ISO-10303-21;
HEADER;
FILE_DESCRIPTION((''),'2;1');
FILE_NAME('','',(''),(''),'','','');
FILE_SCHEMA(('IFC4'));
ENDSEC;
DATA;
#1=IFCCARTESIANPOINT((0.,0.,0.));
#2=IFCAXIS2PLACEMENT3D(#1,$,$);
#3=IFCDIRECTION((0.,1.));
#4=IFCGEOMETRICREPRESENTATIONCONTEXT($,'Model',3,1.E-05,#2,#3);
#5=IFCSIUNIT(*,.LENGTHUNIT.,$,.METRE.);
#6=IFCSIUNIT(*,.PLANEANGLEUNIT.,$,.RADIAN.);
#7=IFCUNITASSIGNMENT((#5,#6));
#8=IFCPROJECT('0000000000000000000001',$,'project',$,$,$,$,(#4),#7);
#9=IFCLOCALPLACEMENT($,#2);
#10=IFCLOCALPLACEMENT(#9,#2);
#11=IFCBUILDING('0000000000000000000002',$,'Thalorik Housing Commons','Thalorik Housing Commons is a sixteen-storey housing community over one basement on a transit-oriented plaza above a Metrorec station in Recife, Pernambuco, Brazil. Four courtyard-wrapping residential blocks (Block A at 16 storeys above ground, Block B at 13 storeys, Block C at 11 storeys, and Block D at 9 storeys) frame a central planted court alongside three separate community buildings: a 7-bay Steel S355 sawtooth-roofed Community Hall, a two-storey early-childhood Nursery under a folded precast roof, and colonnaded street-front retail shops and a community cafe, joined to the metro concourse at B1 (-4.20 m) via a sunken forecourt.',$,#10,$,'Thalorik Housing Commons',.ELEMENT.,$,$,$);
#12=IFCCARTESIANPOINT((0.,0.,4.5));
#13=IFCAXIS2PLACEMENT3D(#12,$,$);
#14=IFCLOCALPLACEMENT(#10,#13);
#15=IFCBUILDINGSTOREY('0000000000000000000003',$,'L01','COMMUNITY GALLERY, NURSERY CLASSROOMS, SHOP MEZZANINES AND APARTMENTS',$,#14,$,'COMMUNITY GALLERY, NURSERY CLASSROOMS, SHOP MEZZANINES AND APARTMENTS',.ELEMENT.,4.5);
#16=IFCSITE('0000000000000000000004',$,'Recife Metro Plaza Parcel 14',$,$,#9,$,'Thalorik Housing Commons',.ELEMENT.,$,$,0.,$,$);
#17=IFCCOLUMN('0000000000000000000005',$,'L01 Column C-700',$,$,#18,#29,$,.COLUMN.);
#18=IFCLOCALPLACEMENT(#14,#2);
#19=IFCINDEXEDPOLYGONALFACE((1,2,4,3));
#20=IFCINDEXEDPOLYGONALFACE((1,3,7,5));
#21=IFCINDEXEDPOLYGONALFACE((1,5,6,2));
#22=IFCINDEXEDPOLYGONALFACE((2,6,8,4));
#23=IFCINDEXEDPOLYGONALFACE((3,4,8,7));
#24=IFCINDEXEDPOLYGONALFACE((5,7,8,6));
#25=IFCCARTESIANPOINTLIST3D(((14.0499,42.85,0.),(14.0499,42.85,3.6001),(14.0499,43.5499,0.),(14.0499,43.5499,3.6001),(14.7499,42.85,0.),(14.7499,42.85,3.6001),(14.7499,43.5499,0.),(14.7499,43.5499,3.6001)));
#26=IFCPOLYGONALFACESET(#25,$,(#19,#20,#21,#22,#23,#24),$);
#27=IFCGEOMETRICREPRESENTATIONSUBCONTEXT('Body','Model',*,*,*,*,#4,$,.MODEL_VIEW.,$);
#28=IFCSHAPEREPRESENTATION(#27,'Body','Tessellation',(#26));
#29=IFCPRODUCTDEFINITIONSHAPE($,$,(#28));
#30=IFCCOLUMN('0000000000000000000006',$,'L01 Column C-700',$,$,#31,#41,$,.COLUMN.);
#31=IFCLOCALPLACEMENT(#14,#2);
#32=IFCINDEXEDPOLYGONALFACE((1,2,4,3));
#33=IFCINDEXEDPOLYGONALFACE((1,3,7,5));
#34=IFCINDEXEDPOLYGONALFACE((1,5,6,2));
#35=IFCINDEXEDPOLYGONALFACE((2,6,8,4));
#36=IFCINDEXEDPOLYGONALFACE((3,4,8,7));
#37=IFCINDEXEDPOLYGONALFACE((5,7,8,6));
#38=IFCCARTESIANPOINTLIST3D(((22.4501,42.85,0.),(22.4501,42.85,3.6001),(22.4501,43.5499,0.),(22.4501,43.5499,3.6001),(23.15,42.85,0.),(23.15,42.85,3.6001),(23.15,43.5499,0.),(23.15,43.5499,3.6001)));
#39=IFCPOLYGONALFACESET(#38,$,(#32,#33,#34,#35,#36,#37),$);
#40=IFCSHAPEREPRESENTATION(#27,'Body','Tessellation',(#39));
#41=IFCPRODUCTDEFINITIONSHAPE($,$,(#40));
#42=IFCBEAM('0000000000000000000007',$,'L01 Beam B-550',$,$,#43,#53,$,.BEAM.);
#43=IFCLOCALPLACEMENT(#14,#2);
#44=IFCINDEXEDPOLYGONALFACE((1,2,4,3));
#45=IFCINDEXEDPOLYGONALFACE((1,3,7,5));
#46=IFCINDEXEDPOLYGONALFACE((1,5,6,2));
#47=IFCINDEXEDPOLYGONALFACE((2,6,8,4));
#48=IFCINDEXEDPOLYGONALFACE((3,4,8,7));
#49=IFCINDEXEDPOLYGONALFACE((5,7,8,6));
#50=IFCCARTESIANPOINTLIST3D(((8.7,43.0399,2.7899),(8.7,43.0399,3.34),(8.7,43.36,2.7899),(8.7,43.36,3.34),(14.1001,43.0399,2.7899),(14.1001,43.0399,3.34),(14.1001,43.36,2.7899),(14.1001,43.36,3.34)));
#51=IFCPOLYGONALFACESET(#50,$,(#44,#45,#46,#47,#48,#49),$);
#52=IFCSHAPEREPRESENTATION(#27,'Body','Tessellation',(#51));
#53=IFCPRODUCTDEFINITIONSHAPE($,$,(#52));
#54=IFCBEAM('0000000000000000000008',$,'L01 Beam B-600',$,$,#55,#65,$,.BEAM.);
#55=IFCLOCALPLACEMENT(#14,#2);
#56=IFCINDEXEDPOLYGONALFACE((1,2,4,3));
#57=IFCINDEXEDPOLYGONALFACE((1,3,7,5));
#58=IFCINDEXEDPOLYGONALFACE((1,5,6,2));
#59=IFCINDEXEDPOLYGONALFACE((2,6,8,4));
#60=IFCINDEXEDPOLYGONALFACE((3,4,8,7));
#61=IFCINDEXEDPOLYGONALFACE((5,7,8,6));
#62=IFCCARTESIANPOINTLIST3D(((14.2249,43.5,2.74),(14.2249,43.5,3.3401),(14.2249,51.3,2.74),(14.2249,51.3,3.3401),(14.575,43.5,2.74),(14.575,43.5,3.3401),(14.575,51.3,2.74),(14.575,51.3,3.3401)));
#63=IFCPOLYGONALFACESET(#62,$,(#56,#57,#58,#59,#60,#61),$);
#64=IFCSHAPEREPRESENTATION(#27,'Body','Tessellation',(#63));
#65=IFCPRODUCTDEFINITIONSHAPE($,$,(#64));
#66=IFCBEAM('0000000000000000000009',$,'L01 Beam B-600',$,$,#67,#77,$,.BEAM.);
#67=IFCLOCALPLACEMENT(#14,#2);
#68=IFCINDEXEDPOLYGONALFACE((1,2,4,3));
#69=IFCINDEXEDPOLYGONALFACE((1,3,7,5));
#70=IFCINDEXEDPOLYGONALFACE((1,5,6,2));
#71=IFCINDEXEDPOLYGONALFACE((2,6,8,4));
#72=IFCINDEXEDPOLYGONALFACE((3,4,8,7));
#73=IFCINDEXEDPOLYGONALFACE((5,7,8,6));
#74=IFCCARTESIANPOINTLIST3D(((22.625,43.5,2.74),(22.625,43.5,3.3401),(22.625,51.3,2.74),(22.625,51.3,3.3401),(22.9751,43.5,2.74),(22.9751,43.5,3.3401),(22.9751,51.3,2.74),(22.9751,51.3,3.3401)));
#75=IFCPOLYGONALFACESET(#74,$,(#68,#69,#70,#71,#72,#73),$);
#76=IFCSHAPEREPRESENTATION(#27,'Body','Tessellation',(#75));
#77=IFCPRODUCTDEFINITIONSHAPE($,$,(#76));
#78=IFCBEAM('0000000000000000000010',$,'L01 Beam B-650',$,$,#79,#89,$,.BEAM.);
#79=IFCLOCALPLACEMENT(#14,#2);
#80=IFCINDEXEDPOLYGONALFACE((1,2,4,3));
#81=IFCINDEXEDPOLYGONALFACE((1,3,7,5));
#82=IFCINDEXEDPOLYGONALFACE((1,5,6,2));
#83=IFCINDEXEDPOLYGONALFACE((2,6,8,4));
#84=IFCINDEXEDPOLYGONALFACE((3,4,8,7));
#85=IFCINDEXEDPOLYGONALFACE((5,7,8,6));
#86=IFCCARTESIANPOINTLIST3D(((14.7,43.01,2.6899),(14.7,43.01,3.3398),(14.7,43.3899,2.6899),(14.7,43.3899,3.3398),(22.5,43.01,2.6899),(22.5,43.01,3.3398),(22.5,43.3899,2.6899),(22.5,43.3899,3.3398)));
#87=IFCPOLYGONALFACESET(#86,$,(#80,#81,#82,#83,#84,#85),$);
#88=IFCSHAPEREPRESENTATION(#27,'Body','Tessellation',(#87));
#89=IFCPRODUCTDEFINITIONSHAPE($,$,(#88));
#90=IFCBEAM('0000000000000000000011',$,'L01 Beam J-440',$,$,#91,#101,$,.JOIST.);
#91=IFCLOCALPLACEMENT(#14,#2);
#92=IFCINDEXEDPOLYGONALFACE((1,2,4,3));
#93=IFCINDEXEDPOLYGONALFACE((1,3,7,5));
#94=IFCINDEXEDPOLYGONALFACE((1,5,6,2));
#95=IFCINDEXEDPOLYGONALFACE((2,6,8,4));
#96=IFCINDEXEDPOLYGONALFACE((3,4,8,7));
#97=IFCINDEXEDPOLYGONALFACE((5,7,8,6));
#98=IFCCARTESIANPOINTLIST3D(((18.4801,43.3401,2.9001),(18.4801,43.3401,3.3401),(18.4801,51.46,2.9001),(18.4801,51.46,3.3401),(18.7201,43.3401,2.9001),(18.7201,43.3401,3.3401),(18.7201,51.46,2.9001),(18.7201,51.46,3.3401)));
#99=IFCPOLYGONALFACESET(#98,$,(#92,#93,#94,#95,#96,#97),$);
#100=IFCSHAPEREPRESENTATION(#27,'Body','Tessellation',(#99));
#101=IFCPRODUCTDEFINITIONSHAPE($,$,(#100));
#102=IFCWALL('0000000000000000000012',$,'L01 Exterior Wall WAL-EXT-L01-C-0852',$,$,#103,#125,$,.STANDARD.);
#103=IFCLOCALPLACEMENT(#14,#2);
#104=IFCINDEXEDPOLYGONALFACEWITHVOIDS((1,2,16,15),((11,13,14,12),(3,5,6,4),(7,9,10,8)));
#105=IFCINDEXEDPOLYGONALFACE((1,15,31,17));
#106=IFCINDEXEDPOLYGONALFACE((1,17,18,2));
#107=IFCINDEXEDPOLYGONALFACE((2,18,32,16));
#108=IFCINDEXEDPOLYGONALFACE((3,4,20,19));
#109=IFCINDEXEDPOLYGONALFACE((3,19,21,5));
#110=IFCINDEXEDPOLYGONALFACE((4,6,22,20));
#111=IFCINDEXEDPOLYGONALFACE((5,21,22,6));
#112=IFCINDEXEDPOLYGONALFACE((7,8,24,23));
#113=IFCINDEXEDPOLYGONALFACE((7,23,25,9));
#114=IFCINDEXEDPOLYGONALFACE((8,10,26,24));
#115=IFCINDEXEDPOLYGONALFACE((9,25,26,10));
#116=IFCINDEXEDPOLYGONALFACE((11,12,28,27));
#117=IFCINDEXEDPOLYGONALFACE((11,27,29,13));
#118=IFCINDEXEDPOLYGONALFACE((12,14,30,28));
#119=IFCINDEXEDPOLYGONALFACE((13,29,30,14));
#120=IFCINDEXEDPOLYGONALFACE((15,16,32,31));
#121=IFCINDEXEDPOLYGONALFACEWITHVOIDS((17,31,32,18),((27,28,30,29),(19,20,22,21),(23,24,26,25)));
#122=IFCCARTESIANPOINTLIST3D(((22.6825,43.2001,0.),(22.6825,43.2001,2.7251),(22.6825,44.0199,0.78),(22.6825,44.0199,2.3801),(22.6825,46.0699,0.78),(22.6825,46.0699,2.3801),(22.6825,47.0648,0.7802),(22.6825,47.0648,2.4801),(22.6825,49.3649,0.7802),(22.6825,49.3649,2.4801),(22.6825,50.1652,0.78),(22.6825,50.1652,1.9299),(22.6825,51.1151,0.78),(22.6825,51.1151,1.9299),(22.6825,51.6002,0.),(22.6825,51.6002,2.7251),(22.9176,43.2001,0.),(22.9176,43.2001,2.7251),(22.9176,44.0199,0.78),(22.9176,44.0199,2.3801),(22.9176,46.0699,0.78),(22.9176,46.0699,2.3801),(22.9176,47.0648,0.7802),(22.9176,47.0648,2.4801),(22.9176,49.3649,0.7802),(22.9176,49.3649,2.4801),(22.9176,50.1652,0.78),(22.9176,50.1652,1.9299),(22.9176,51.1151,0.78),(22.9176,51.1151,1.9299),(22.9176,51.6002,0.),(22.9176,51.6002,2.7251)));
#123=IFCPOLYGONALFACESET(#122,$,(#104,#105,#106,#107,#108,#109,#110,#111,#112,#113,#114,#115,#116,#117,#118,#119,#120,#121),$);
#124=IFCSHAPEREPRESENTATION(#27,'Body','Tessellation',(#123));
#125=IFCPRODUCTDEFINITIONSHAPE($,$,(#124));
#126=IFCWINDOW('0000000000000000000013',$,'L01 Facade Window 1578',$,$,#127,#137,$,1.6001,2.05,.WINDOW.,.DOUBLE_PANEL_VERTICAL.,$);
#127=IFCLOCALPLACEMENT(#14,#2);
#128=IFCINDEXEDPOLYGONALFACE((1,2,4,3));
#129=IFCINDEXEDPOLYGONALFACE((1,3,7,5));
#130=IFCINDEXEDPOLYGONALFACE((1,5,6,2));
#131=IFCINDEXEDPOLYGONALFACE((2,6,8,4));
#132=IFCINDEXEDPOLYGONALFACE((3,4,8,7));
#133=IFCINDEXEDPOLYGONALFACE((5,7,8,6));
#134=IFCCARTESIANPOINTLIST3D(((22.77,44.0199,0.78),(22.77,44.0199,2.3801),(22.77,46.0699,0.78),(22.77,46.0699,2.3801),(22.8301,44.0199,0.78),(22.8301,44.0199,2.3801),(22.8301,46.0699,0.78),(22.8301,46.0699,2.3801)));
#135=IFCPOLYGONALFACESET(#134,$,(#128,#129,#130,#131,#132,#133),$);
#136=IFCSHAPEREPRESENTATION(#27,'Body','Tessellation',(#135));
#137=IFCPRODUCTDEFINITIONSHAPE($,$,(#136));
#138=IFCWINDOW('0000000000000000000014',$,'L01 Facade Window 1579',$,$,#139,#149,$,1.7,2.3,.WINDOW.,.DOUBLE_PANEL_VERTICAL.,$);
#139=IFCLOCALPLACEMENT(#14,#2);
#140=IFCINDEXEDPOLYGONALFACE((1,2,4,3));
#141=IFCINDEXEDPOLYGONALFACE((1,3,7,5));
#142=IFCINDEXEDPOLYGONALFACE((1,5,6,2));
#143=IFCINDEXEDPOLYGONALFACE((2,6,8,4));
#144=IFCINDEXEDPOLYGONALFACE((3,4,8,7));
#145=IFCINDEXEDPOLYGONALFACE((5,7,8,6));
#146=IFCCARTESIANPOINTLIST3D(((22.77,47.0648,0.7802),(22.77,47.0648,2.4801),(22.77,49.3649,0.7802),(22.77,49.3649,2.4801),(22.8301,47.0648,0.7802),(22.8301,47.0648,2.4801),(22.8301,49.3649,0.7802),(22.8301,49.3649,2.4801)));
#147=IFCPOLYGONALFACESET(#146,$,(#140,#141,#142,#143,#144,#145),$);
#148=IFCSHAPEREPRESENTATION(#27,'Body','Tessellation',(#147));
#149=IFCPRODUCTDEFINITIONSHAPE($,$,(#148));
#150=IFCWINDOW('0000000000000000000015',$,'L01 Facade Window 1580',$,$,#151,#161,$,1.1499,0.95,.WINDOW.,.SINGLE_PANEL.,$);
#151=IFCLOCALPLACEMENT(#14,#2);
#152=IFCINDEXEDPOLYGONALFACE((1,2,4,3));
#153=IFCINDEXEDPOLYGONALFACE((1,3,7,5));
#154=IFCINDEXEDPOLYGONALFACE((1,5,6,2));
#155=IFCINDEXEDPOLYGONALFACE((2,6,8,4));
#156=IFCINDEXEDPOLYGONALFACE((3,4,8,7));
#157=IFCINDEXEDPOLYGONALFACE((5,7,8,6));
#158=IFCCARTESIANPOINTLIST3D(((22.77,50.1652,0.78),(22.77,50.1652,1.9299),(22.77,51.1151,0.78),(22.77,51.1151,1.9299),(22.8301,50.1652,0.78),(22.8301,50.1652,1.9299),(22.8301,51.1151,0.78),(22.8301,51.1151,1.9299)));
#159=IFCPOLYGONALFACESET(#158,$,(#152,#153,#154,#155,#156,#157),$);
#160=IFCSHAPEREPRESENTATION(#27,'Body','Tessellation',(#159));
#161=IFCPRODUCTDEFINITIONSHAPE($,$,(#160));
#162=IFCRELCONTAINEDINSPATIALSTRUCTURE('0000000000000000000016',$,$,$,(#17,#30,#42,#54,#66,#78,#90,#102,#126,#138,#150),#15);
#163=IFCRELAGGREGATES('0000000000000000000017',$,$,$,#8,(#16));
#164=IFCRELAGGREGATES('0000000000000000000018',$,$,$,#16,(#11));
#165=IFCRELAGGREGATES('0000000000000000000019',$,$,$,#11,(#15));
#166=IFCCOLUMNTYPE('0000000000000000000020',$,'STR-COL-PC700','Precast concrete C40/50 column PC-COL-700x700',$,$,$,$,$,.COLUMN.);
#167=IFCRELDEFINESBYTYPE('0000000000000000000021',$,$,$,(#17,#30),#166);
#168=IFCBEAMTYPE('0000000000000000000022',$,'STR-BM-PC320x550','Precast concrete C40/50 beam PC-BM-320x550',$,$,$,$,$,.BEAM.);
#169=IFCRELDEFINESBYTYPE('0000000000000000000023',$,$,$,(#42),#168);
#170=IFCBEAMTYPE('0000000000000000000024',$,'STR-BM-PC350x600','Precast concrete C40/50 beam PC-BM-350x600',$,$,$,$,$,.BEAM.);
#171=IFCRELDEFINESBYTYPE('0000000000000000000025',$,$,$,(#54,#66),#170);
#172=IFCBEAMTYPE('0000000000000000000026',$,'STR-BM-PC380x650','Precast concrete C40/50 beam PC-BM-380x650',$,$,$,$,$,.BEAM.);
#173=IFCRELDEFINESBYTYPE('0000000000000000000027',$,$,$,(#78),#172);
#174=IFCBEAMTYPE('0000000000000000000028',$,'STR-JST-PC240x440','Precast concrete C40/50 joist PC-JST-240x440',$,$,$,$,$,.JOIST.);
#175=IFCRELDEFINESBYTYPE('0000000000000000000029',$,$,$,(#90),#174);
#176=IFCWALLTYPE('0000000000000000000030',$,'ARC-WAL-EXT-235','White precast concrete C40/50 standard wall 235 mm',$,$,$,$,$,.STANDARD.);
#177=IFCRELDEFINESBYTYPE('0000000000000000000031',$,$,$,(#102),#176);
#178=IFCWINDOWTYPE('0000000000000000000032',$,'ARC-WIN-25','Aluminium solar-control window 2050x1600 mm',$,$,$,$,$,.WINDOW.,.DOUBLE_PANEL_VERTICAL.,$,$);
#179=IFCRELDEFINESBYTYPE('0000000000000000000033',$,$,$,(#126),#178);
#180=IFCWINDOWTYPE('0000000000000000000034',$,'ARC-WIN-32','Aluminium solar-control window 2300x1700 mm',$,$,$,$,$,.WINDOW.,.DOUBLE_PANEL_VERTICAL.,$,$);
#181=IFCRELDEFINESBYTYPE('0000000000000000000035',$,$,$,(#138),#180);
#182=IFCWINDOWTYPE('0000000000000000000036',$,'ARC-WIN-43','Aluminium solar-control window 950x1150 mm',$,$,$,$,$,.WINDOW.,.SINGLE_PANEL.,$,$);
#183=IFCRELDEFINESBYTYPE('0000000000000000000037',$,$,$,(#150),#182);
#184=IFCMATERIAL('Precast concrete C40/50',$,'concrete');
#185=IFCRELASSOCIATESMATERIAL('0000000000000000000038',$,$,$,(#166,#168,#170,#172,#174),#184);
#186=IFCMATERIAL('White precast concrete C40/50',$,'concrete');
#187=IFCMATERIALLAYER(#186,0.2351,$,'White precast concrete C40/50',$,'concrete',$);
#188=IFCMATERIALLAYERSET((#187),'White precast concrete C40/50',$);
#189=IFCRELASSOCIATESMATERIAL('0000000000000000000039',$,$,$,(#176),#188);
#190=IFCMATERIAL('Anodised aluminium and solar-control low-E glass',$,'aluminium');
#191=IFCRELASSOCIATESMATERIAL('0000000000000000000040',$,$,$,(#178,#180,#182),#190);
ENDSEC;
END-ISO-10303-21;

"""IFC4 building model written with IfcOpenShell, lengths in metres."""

from ifc_helpers import new_model, si_unit, direction, frame, frame_2d, origin, origin_2d, place, context, subcontext, project, spatial, rectangle, extrude, material, layer, layer_set, material_profile, profile_set, type_object, element, fill, save


model = new_model("IFC4")

# Units and contexts
model_context = context("Model", 3, precision=1e-05, world=origin(), true_north=direction((0.0, 1.0)))
body_context = subcontext(model_context, "Body", "Model", "MODEL_VIEW")
ifc_project = project(units=[si_unit("LENGTHUNIT", "METRE"), si_unit("PLANEANGLEUNIT", "RADIAN")], contexts=[model_context])

# Site, building, storey
site_placement = place(None, origin())
site = spatial("IfcSite", under=ifc_project, at=site_placement, Name="Recife Metro Plaza Parcel 14", LongName="Thalorik Housing Commons", CompositionType="ELEMENT", RefElevation=0.0)
building_placement = place(site_placement, origin())
building = spatial("IfcBuilding", under=site, at=building_placement, Name="Thalorik Housing Commons", Description="Thalorik Housing Commons is a sixteen-storey housing community over one basement on a transit-oriented plaza above a Metrorec station in Recife, Pernambuco, Brazil. Four courtyard-wrapping residential blocks (Block A at 16 storeys above ground, Block B at 13 storeys, Block C at 11 storeys, and Block D at 9 storeys) frame a central planted court alongside three separate community buildings: a 7-bay Steel S355 sawtooth-roofed Community Hall, a two-storey early-childhood Nursery under a folded precast roof, and colonnaded street-front retail shops and a community cafe, joined to the metro concourse at B1 (-4.20 m) via a sunken forecourt.", LongName="Thalorik Housing Commons", CompositionType="ELEMENT")
storey_placement = place(building_placement, frame((0.0, 0.0, 4.5)))
storey = spatial("IfcBuildingStorey", under=building, at=storey_placement, Name="L01", Description="COMMUNITY GALLERY, NURSERY CLASSROOMS, SHOP MEZZANINES AND APARTMENTS", LongName="COMMUNITY GALLERY, NURSERY CLASSROOMS, SHOP MEZZANINES AND APARTMENTS", CompositionType="ELEMENT", Elevation=4.5)

# Columns
ifc_material_1 = material(Name="Precast concrete C40/50", Category="concrete")
ifc_material_profile_1 = material_profile(ifc_material_1, rectangle(XDim=0.7, YDim=0.7, at=origin_2d()), Name="PC 700x700", Category="concrete")
ifc_profile_set_1 = profile_set([ifc_material_profile_1], Name="Precast concrete C40/50")
column_type = type_object("IfcColumnType", Name="STR-COL-PC700", Description="Precast concrete C40/50 column PC-COL-700x700", PredefinedType="COLUMN", material=ifc_profile_set_1)
for number, where, z_axis, x_axis, name in (
    (1, (14.3999, 43.2, 0.0), (0.0, 0.0, 1.0), (1.0, 0.0, 0.0), "L01 Column C-700"),
    (2, (22.8, 43.2, 0.0), (0.0, 0.0, 1.0), (1.0, 0.0, 0.0), "L01 Column C-700"),
):
    element("IfcColumn", number, at=place(storey_placement, frame(where, z_axis=z_axis, x_axis=x_axis)), inside=storey, type_object=column_type, Name=name, PredefinedType="COLUMN", context=body_context, shape_type="SweptSolid", body=[
        extrude(rectangle(XDim=0.7, YDim=0.7, at=origin_2d()), origin(), (0.0, 0.0, 1.0), 3.6001),
    ])

# Beams
ifc_material_profile_2 = material_profile(ifc_material_1, rectangle(XDim=0.3201, YDim=0.55, at=origin_2d()), Name="PC 320x550", Category="concrete")
ifc_profile_set_2 = profile_set([ifc_material_profile_2], Name="Precast concrete C40/50")
beam_type_1 = type_object("IfcBeamType", Name="STR-BM-PC320x550", Description="Precast concrete C40/50 beam PC-BM-320x550", PredefinedType="BEAM", material=ifc_profile_set_2)
beam_1_placement = place(storey_placement, frame((8.7, 43.2, 3.0649), z_axis=(1.0, 0.0, 0.0), x_axis=(0.0, 1.0, 0.0)))
element("IfcBeam", 3, at=beam_1_placement, inside=storey, type_object=beam_type_1, Name="L01 Beam B-550", PredefinedType="BEAM", context=body_context, shape_type="SweptSolid", body=[
    extrude(rectangle(XDim=0.3201, YDim=0.55, at=origin_2d()), origin(), (0.0, 0.0, 1.0), 5.4001),
])
ifc_material_profile_3 = material_profile(ifc_material_1, rectangle(XDim=0.3501, YDim=0.6001, at=origin_2d()), Name="PC 350x600", Category="concrete")
ifc_profile_set_3 = profile_set([ifc_material_profile_3], Name="Precast concrete C40/50")
beam_type_2 = type_object("IfcBeamType", Name="STR-BM-PC350x600", Description="Precast concrete C40/50 beam PC-BM-350x600", PredefinedType="BEAM", material=ifc_profile_set_3)
for number, where, z_axis, x_axis, name in (
    (4, (14.3999, 43.5, 3.04), (0.0, 1.0, 0.0), (-1.0, 0.0, 0.0), "L01 Beam B-600"),
    (5, (22.8, 43.5, 3.04), (0.0, 1.0, 0.0), (-1.0, 0.0, 0.0), "L01 Beam B-600"),
):
    element("IfcBeam", number, at=place(storey_placement, frame(where, z_axis=z_axis, x_axis=x_axis)), inside=storey, type_object=beam_type_2, Name=name, PredefinedType="BEAM", context=body_context, shape_type="SweptSolid", body=[
        extrude(rectangle(XDim=0.3501, YDim=0.6001, at=origin_2d()), origin(), (0.0, 0.0, 1.0), 7.8),
    ])
ifc_material_profile_4 = material_profile(ifc_material_1, rectangle(XDim=0.3799, YDim=0.6499, at=origin_2d()), Name="PC 380x650", Category="concrete")
ifc_profile_set_4 = profile_set([ifc_material_profile_4], Name="Precast concrete C40/50")
beam_type_3 = type_object("IfcBeamType", Name="STR-BM-PC380x650", Description="Precast concrete C40/50 beam PC-BM-380x650", PredefinedType="BEAM", material=ifc_profile_set_4)
beam_2_placement = place(storey_placement, frame((14.7, 43.2, 3.0149), z_axis=(1.0, 0.0, 0.0), x_axis=(0.0, 1.0, 0.0)))
element("IfcBeam", 6, at=beam_2_placement, inside=storey, type_object=beam_type_3, Name="L01 Beam B-650", PredefinedType="BEAM", context=body_context, shape_type="SweptSolid", body=[
    extrude(rectangle(XDim=0.3799, YDim=0.6499, at=origin_2d()), origin(), (0.0, 0.0, 1.0), 7.8),
])
ifc_material_profile_5 = material_profile(ifc_material_1, rectangle(XDim=0.24, YDim=0.4399, at=origin_2d()), Name="PC JST 240x440", Category="concrete")
ifc_profile_set_5 = profile_set([ifc_material_profile_5], Name="Precast concrete C40/50")
beam_type_4 = type_object("IfcBeamType", Name="STR-JST-PC240x440", Description="Precast concrete C40/50 joist PC-JST-240x440", PredefinedType="JOIST", material=ifc_profile_set_5)
beam_3_placement = place(storey_placement, frame((18.6001, 43.3401, 3.1201), z_axis=(0.0, 1.0, 0.0), x_axis=(-1.0, 0.0, 0.0)))
element("IfcBeam", 7, at=beam_3_placement, inside=storey, type_object=beam_type_4, Name="L01 Beam J-440", PredefinedType="JOIST", context=body_context, shape_type="SweptSolid", body=[
    extrude(rectangle(XDim=0.24, YDim=0.4399, at=origin_2d()), origin(), (0.0, 0.0, 1.0), 8.1199),
])

# Wall, openings, windows
ifc_material_2 = material(Name="White precast concrete C40/50", Category="concrete")
ifc_layer_1 = layer(ifc_material_2, 0.2351, Name="White precast concrete C40/50", Category="concrete")
ifc_layer_set_1 = layer_set([ifc_layer_1], Name="White precast concrete C40/50")
wall_type_1 = type_object("IfcWallType", Name="ARC-WAL-EXT-235", Description="White precast concrete C40/50 standard wall 235 mm", PredefinedType="STANDARD", material=ifc_layer_set_1)
wall_1_placement = place(storey_placement, frame((22.8, 43.2, 0.0), z_axis=(0.0, 0.0, 1.0), x_axis=(0.0, 1.0, 0.0)))
wall_1 = element("IfcWall", 8, at=wall_1_placement, inside=storey, type_object=wall_type_1, Name="L01 Exterior Wall WAL-EXT-L01-C-0852", PredefinedType="STANDARD", context=body_context, shape_type="SweptSolid", body=[
    extrude(rectangle(XDim=8.4001, YDim=0.2351, at=frame_2d((4.2002, 0.0))), origin(), (0.0, 0.0, 1.0), 2.7251),
])
opening_1_placement = place(wall_1_placement, frame((0.8201, 0.0, 0.78)))
opening_1 = element("IfcOpeningElement", 9, at=opening_1_placement, cuts=wall_1, PredefinedType="OPENING", context=body_context, shape_type="SweptSolid", body=[
    extrude(rectangle(XDim=2.05, YDim=1.6001, at=frame_2d((1.0249, 0.8))), frame((0.0, 0.1274, 0.0), z_axis=(0.0, -1.0, 0.0), x_axis=(1.0, 0.0, 0.0)), (0.0, 0.0, 1.0), 0.2551),
])
opening_2_placement = place(wall_1_placement, frame((3.865, 0.0, 0.78)))
opening_2 = element("IfcOpeningElement", 10, at=opening_2_placement, cuts=wall_1, PredefinedType="OPENING", context=body_context, shape_type="SweptSolid", body=[
    extrude(rectangle(XDim=2.3, YDim=1.7, at=frame_2d((1.1499, 0.8501))), frame((0.0, 0.1274, 0.0), z_axis=(0.0, -1.0, 0.0), x_axis=(1.0, 0.0, 0.0)), (0.0, 0.0, 1.0), 0.2551),
])
opening_3_placement = place(wall_1_placement, frame((6.9651, 0.0, 0.78)))
opening_3 = element("IfcOpeningElement", 11, at=opening_3_placement, cuts=wall_1, PredefinedType="OPENING", context=body_context, shape_type="SweptSolid", body=[
    extrude(rectangle(XDim=0.95, YDim=1.1499, at=frame_2d((0.4751, 0.575))), frame((0.0, 0.1274, 0.0), z_axis=(0.0, -1.0, 0.0), x_axis=(1.0, 0.0, 0.0)), (0.0, 0.0, 1.0), 0.2551),
])
ifc_material_3 = material(Name="Anodised aluminium and solar-control low-E glass", Category="aluminium")
window_type_1 = type_object("IfcWindowType", Name="ARC-WIN-25", Description="Aluminium solar-control window 2050x1600 mm", PartitioningType="DOUBLE_PANEL_VERTICAL", PredefinedType="WINDOW", material=ifc_material_3)
window_1_placement = place(opening_1_placement, origin())
window_1 = element("IfcWindow", 12, at=window_1_placement, inside=storey, type_object=window_type_1, Name="L01 Facade Window 1578", OverallHeight=1.6001, OverallWidth=2.05, PartitioningType="DOUBLE_PANEL_VERTICAL", PredefinedType="WINDOW", context=body_context, shape_type="SweptSolid", body=[
    extrude(rectangle(XDim=2.05, YDim=1.6001, at=frame_2d((1.0249, 0.8))), frame((0.0, 0.03, 0.0), z_axis=(0.0, -1.0, 0.0), x_axis=(1.0, 0.0, 0.0)), (0.0, 0.0, 1.0), 0.0601),
])
fill(opening_1, window_1)
window_type_2 = type_object("IfcWindowType", Name="ARC-WIN-32", Description="Aluminium solar-control window 2300x1700 mm", PartitioningType="DOUBLE_PANEL_VERTICAL", PredefinedType="WINDOW", material=ifc_material_3)
window_2_placement = place(opening_2_placement, origin())
window_2 = element("IfcWindow", 13, at=window_2_placement, inside=storey, type_object=window_type_2, Name="L01 Facade Window 1579", OverallHeight=1.7, OverallWidth=2.3, PartitioningType="DOUBLE_PANEL_VERTICAL", PredefinedType="WINDOW", context=body_context, shape_type="SweptSolid", body=[
    extrude(rectangle(XDim=2.3, YDim=1.7, at=frame_2d((1.1499, 0.8501))), frame((0.0, 0.03, 0.0), z_axis=(0.0, -1.0, 0.0), x_axis=(1.0, 0.0, 0.0)), (0.0, 0.0, 1.0), 0.0601),
])
fill(opening_2, window_2)
window_type_3 = type_object("IfcWindowType", Name="ARC-WIN-43", Description="Aluminium solar-control window 950x1150 mm", PartitioningType="SINGLE_PANEL", PredefinedType="WINDOW", material=ifc_material_3)
window_3_placement = place(opening_3_placement, origin())
window_3 = element("IfcWindow", 14, at=window_3_placement, inside=storey, type_object=window_type_3, Name="L01 Facade Window 1580", OverallHeight=1.1499, OverallWidth=0.95, PartitioningType="SINGLE_PANEL", PredefinedType="WINDOW", context=body_context, shape_type="SweptSolid", body=[
    extrude(rectangle(XDim=0.95, YDim=1.1499, at=frame_2d((0.4751, 0.575))), frame((0.0, 0.03, 0.0), z_axis=(0.0, -1.0, 0.0), x_axis=(1.0, 0.0, 0.0)), (0.0, 0.0, 1.0), 0.0601),
])
fill(opening_3, window_3)

save(model, "model.ifc")
